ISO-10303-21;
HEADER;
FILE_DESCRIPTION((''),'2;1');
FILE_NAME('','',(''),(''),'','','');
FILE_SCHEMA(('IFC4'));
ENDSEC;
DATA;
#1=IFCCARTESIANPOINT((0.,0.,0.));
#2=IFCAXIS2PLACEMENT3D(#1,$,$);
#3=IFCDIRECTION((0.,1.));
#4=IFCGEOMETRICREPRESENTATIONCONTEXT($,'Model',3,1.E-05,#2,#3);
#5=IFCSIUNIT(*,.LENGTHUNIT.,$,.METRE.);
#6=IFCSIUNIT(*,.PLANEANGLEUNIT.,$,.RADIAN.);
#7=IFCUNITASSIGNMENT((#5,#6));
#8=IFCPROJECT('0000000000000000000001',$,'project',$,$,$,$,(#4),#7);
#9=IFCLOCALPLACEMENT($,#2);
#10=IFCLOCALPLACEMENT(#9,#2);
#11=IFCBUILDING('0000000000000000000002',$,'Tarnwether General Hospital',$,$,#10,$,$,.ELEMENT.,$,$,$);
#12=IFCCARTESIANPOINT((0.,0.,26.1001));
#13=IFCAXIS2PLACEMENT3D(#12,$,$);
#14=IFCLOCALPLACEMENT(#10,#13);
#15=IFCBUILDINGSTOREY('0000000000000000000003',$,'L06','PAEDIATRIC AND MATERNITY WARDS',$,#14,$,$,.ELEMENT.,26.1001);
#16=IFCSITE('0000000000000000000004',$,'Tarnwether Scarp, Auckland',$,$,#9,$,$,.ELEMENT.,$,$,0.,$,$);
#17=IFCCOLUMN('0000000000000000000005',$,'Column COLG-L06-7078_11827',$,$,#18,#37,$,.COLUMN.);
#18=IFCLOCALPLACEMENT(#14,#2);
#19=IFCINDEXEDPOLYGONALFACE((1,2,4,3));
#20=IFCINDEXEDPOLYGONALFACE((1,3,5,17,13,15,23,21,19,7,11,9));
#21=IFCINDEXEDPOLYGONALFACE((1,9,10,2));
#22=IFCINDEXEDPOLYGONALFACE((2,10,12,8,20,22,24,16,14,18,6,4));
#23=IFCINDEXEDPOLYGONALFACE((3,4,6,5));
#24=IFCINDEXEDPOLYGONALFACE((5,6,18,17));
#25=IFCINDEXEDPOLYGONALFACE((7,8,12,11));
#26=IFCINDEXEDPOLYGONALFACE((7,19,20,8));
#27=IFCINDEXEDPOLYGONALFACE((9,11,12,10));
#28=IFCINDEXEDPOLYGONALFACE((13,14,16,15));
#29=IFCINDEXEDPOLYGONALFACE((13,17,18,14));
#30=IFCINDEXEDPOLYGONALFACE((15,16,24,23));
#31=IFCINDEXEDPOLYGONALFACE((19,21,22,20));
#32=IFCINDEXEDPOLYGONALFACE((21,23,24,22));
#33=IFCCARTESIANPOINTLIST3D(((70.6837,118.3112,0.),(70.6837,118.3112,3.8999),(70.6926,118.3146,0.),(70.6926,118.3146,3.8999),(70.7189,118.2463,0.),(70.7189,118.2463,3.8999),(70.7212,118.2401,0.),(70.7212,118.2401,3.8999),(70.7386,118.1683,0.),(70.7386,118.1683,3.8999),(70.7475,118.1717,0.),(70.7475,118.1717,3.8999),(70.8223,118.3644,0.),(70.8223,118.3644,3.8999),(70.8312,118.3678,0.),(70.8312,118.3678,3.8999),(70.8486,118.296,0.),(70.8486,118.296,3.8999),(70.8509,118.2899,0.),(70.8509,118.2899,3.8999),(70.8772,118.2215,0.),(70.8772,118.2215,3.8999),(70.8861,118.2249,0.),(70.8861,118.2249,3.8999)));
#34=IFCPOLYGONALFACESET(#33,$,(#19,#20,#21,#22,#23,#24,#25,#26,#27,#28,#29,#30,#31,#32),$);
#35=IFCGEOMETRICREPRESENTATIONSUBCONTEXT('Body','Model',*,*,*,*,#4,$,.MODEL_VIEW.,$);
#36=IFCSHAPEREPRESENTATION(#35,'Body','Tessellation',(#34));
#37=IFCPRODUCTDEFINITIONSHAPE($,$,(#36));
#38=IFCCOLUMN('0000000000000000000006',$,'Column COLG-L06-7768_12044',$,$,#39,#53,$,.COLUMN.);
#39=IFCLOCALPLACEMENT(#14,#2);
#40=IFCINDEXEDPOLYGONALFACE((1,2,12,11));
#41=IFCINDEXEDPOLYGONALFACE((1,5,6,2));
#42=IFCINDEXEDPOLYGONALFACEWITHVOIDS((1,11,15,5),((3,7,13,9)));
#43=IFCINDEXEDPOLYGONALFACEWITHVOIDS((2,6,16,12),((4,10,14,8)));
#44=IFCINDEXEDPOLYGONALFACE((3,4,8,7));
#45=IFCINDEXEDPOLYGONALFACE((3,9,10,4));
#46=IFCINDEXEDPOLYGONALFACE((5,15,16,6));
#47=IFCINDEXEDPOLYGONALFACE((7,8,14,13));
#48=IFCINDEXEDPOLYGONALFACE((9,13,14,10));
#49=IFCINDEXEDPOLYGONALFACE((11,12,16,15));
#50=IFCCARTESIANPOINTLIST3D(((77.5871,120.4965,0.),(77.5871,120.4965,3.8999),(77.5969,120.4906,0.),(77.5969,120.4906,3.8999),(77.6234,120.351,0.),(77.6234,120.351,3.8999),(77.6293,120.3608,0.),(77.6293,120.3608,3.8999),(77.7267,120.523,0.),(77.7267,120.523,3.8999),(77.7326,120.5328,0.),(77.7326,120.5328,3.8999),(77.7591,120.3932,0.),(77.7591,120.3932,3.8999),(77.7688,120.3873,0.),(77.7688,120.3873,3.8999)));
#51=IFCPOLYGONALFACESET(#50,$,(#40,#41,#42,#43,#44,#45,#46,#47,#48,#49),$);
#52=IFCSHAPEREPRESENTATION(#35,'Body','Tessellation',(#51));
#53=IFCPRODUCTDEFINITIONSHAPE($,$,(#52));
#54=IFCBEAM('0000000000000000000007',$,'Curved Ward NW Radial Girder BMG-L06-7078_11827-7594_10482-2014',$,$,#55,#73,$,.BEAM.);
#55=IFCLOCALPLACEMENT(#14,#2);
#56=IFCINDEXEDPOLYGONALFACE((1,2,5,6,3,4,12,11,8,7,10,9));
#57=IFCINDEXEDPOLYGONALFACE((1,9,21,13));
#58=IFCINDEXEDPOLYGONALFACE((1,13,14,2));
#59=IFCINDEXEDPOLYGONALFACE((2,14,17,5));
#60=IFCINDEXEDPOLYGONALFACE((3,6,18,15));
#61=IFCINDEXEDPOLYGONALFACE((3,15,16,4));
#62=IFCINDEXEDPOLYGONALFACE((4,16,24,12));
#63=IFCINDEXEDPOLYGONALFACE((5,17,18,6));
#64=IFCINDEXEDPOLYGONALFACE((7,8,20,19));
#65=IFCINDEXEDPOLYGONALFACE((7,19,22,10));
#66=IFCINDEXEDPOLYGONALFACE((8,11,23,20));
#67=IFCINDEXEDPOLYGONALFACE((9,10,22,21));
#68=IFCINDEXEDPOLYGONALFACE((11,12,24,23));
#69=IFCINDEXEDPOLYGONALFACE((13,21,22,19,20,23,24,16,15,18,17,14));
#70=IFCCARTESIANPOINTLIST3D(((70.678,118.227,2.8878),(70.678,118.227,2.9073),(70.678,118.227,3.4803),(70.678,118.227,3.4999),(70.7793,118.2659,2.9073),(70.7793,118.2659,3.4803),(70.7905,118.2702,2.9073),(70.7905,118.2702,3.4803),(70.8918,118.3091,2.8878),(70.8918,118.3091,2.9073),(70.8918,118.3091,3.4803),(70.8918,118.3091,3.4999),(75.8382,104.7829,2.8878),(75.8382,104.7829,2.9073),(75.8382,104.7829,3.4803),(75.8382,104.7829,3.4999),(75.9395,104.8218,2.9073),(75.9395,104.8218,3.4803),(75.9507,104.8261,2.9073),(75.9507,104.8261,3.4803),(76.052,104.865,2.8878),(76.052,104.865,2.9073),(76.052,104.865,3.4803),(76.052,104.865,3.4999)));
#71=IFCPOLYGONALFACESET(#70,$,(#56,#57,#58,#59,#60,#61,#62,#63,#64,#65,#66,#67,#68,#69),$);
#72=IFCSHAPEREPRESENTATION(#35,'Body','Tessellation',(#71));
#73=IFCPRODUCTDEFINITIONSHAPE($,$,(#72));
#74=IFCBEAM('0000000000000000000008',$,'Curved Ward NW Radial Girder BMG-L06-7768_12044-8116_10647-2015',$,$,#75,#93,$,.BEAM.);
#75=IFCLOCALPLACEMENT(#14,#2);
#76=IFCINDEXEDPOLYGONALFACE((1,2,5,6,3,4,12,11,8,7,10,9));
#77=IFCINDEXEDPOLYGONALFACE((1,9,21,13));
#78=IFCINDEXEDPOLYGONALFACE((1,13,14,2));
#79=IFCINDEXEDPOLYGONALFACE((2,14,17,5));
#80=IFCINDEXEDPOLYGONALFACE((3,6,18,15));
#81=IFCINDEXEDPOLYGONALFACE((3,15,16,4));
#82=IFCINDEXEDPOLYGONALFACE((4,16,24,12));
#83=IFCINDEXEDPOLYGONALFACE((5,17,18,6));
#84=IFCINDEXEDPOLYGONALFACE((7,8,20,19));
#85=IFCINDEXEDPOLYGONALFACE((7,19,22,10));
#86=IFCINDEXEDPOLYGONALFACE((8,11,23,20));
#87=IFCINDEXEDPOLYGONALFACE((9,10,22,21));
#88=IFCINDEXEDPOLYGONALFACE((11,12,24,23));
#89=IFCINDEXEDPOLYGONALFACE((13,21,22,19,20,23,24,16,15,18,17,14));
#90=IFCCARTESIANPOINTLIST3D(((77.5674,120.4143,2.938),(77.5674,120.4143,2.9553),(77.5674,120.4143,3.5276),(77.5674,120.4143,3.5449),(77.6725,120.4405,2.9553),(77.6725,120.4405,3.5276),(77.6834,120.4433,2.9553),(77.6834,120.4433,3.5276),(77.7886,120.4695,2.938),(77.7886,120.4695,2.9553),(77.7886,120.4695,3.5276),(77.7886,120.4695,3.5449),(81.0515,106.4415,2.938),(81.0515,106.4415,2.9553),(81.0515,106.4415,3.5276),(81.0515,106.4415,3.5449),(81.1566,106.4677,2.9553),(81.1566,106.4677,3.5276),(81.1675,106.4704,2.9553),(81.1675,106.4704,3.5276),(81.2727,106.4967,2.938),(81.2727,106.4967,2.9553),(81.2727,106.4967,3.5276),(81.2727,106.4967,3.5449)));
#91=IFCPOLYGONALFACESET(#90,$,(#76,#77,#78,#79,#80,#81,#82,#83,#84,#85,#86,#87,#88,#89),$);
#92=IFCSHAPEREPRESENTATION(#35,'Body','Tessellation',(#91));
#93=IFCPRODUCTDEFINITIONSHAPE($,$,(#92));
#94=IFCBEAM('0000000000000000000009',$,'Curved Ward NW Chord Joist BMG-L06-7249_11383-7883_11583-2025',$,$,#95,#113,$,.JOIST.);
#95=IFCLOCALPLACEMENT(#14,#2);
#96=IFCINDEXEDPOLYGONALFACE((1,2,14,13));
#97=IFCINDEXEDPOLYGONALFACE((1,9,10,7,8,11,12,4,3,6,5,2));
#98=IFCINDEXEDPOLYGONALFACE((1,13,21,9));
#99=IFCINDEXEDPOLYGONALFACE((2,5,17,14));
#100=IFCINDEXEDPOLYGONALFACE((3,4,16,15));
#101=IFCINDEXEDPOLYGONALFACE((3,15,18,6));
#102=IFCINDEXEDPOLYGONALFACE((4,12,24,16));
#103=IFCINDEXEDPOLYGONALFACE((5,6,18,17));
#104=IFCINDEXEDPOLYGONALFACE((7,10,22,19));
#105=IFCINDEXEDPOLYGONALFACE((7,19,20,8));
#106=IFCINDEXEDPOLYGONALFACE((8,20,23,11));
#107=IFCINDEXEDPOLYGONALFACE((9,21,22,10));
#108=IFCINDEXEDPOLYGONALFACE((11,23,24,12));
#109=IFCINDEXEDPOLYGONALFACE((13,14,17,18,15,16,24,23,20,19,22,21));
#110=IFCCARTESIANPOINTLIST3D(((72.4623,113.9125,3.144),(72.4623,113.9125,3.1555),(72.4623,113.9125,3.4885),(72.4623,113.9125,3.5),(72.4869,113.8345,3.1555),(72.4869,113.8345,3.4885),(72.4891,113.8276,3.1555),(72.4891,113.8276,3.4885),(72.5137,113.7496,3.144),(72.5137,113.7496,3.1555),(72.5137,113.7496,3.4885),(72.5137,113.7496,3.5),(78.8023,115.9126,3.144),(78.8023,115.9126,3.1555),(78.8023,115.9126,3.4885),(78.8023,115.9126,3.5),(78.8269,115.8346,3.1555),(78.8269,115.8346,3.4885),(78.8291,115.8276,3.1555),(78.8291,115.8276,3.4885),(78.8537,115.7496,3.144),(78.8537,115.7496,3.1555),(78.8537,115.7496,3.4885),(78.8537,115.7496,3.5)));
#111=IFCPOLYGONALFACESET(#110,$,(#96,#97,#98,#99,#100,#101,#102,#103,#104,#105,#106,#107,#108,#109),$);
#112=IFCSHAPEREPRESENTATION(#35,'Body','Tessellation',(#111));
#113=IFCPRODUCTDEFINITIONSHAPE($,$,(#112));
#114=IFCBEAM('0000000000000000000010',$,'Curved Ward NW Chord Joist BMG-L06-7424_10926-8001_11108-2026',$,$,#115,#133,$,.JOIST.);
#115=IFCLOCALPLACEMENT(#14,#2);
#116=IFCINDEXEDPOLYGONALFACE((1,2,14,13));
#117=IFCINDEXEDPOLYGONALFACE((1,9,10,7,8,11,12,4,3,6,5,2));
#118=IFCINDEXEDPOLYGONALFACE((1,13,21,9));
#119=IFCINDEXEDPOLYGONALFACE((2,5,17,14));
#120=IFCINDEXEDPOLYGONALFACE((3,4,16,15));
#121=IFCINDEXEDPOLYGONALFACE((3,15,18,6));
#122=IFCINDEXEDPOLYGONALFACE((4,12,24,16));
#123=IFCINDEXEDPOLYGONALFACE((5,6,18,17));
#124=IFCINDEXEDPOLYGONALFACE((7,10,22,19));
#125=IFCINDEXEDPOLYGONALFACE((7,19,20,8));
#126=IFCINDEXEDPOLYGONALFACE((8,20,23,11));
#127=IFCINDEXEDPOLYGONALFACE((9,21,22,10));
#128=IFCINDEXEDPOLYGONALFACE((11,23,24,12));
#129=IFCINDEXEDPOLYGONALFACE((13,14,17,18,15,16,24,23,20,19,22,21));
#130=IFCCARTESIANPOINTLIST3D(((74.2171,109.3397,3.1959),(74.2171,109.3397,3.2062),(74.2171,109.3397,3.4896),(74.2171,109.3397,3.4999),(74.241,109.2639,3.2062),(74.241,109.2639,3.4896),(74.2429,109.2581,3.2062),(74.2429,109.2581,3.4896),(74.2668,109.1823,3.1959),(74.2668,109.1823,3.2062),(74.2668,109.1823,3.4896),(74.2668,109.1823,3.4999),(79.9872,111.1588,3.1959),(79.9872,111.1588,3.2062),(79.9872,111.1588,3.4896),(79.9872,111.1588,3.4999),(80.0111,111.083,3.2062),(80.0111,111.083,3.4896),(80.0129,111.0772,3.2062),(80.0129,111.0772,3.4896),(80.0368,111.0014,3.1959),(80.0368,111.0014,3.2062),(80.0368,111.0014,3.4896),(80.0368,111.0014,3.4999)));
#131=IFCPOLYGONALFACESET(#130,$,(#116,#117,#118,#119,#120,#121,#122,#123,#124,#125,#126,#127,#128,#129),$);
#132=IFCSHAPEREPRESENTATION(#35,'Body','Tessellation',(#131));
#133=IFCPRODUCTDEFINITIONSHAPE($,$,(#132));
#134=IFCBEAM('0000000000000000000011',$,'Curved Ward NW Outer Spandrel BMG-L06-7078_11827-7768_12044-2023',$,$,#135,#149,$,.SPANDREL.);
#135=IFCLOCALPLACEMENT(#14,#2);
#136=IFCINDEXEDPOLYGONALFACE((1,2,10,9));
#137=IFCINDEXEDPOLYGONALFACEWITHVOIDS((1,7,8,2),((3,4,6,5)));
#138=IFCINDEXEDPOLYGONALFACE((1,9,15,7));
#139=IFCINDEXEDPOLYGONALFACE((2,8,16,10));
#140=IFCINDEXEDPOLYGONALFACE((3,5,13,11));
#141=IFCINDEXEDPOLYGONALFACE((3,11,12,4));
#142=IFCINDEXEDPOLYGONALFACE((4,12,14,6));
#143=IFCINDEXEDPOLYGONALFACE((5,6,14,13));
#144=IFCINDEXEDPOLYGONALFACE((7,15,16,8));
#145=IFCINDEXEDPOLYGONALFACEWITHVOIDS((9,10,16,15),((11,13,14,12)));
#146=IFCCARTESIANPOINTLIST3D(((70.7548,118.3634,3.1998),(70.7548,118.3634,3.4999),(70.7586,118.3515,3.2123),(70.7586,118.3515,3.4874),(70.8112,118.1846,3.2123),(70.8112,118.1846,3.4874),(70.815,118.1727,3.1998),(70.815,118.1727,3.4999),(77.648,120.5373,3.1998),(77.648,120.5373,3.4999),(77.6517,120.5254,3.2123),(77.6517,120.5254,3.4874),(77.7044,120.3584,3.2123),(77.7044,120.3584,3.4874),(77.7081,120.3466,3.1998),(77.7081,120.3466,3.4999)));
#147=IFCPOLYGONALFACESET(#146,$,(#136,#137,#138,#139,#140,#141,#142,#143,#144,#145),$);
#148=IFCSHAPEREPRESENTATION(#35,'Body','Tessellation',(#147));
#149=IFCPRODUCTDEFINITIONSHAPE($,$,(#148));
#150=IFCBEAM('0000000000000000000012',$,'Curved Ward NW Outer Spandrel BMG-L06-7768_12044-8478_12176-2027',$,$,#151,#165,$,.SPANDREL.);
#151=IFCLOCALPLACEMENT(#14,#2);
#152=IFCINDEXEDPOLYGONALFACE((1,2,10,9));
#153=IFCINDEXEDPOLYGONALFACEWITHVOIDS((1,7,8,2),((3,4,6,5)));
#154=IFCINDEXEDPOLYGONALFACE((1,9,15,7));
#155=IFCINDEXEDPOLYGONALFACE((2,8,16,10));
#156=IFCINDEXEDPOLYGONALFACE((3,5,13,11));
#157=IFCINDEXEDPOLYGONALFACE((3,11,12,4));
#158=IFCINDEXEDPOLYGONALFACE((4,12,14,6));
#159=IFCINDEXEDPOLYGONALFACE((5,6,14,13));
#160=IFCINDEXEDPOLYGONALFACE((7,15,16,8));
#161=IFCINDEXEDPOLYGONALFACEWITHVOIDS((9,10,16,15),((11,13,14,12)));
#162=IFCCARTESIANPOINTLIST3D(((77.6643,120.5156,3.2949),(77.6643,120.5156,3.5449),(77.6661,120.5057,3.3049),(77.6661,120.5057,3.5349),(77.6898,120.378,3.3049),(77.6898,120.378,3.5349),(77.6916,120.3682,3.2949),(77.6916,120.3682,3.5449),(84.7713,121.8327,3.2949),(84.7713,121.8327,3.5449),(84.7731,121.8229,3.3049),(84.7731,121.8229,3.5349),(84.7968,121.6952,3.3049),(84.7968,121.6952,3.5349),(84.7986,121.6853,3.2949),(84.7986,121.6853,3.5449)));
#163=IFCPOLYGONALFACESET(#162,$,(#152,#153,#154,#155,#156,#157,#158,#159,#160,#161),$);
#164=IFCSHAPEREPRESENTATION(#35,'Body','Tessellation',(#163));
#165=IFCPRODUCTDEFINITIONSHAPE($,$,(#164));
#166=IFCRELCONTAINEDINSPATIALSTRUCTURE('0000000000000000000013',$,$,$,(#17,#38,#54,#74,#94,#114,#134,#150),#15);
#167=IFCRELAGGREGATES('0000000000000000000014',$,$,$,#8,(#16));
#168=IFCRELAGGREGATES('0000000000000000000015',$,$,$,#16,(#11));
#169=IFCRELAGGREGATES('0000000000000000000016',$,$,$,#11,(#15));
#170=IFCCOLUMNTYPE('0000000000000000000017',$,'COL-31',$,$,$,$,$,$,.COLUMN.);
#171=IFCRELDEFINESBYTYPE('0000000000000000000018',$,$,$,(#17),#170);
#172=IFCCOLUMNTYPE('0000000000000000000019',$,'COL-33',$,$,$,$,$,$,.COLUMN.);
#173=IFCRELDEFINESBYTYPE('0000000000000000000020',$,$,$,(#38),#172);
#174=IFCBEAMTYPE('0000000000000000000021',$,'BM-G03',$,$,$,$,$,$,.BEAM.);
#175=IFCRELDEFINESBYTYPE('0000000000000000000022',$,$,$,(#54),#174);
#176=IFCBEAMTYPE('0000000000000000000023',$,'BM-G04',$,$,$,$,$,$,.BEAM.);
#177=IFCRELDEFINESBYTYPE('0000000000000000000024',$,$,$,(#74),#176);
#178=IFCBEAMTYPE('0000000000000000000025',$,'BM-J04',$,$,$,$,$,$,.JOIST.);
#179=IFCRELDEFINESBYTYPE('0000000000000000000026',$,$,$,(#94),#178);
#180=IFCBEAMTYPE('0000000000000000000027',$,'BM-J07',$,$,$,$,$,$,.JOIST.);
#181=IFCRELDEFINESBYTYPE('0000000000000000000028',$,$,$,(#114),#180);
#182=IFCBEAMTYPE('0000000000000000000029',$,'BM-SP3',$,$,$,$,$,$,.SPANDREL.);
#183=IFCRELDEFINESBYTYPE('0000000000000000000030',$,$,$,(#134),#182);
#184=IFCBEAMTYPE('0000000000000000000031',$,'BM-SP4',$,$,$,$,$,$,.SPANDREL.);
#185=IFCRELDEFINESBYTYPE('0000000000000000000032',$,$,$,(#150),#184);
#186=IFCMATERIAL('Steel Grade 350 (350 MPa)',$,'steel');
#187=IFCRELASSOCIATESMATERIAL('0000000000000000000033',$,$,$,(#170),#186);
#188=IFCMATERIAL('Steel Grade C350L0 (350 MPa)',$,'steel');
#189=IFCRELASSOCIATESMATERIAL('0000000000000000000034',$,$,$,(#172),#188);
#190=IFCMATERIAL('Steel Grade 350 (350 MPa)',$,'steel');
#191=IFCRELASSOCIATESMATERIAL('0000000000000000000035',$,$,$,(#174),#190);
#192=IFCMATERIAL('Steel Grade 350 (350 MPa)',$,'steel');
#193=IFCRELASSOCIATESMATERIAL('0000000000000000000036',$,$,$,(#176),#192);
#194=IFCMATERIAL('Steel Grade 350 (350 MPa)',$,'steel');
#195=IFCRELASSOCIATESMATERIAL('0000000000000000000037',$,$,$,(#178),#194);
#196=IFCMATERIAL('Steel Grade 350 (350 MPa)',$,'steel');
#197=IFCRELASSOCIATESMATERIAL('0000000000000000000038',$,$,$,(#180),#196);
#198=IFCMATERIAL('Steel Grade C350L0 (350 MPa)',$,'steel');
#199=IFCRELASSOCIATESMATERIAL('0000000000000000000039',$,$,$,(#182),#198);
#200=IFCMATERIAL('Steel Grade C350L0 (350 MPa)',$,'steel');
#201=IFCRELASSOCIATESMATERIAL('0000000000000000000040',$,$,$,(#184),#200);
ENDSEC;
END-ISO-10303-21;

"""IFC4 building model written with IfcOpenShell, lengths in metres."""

from ifc_helpers import new_model, si_unit, direction, frame, origin, origin_2d, place, context, subcontext, project, spatial, hollow_rectangle, i_section, extrude, material, material_profile, profile_set, type_object, element, save


model = new_model("IFC4")

# Units and contexts
model_context = context("Model", 3, precision=1e-05, world=origin(), true_north=direction((0.0, 1.0)))
body_context = subcontext(model_context, "Body", "Model", "MODEL_VIEW")
ifc_project = project(units=[si_unit("LENGTHUNIT", "METRE"), si_unit("PLANEANGLEUNIT", "RADIAN")], contexts=[model_context])

# Site, building, storey
site_placement = place(None, origin())
site = spatial("IfcSite", under=ifc_project, at=site_placement, Name="Tarnwether Scarp, Auckland", CompositionType="ELEMENT", RefElevation=0.0)
building_placement = place(site_placement, origin())
building = spatial("IfcBuilding", under=site, at=building_placement, Name="Tarnwether General Hospital", CompositionType="ELEMENT")
storey_placement = place(building_placement, frame((0.0, 0.0, 26.1001)))
storey = spatial("IfcBuildingStorey", under=building, at=storey_placement, Name="L06", Description="PAEDIATRIC AND MATERNITY WARDS", CompositionType="ELEMENT", Elevation=26.1001)

# Columns
ifc_material_1 = material(Name="Steel Grade 350 (350 MPa)", Category="steel")
ifc_material_profile_1 = material_profile(ifc_material_1, i_section(OverallWidth=0.1531, OverallDepth=0.158, WebThickness=0.0066, FlangeThickness=0.0095, at=origin_2d()), Name="150UC30.0")
ifc_profile_set_1 = profile_set([ifc_material_profile_1], Name="Steel Grade 350 (350 MPa)")
column_type_1 = type_object("IfcColumnType", Name="COL-31", PredefinedType="COLUMN", material=ifc_profile_set_1)
column_1_placement = place(storey_placement, frame((70.7849, 118.2681, 0.0), z_axis=(0.0, 0.0, 1.0), x_axis=(-0.358368, 0.93358, 0.0)))
element("IfcColumn", 1, at=column_1_placement, inside=storey, type_object=column_type_1, Name="Column COLG-L06-7078_11827", PredefinedType="COLUMN", context=body_context, shape_type="SweptSolid", body=[
    extrude(i_section(OverallWidth=0.1531, OverallDepth=0.158, WebThickness=0.0066, FlangeThickness=0.0095, at=origin_2d()), origin(), (0.0, 0.0, 1.0), 3.8999),
])
ifc_material_2 = material(Name="Steel Grade C350L0 (350 MPa)", Category="steel")
ifc_material_profile_2 = material_profile(ifc_material_2, hollow_rectangle(XDim=0.1499, YDim=0.1499, WallThickness=0.0081, at=origin_2d()), Name="SHS150x150x8")
ifc_profile_set_2 = profile_set([ifc_material_profile_2], Name="Steel Grade C350L0 (350 MPa)")
column_type_2 = type_object("IfcColumnType", Name="COL-33", PredefinedType="COLUMN", material=ifc_profile_set_2)
column_2_placement = place(storey_placement, frame((77.678, 120.4419, 0.0), z_axis=(0.0, 0.0, 1.0), x_axis=(-0.241922, 0.970296, 0.0)))
element("IfcColumn", 2, at=column_2_placement, inside=storey, type_object=column_type_2, Name="Column COLG-L06-7768_12044", PredefinedType="COLUMN", context=body_context, shape_type="SweptSolid", body=[
    extrude(hollow_rectangle(XDim=0.1499, YDim=0.1499, WallThickness=0.0081, at=origin_2d()), origin(), (0.0, 0.0, 1.0), 3.8999),
])

# Beams
ifc_material_3 = material(Name="Steel Grade 350 (350 MPa)", Category="steel")
ifc_material_profile_3 = material_profile(ifc_material_3, i_section(OverallWidth=0.229, OverallDepth=0.6121, WebThickness=0.012, FlangeThickness=0.0195, at=origin_2d()), Name="610UB125")
ifc_profile_set_3 = profile_set([ifc_material_profile_3], Name="Steel Grade 350 (350 MPa)")
beam_type_1 = type_object("IfcBeamType", Name="BM-G03", PredefinedType="BEAM", material=ifc_profile_set_3)
beam_1_placement = place(storey_placement, frame((70.7849, 118.2681, 3.1938), z_axis=(0.358335, -0.933593, 0.0), x_axis=(0.933593, 0.358335, 0.0)))
element("IfcBeam", 3, at=beam_1_placement, inside=storey, type_object=beam_type_1, Name="Curved Ward NW Radial Girder BMG-L06-7078_11827-7594_10482-2014", PredefinedType="BEAM", context=body_context, shape_type="SweptSolid", body=[
    extrude(i_section(OverallWidth=0.229, OverallDepth=0.6121, WebThickness=0.012, FlangeThickness=0.0195, at=origin_2d()), origin(), (0.0, 0.0, 1.0), 14.4004),
])
ifc_material_4 = material(Name="Steel Grade 350 (350 MPa)", Category="steel")
ifc_material_profile_4 = material_profile(ifc_material_4, i_section(OverallWidth=0.228, OverallDepth=0.6069, WebThickness=0.0112, FlangeThickness=0.0173, at=origin_2d()), Name="610UB113")
ifc_profile_set_4 = profile_set([ifc_material_profile_4], Name="Steel Grade 350 (350 MPa)")
beam_type_2 = type_object("IfcBeamType", Name="BM-G04", PredefinedType="BEAM", material=ifc_profile_set_4)
beam_2_placement = place(storey_placement, frame((77.678, 120.4419, 3.2415), z_axis=(0.241941, -0.970291, 0.0), x_axis=(0.970291, 0.241941, 0.0)))
element("IfcBeam", 4, at=beam_2_placement, inside=storey, type_object=beam_type_2, Name="Curved Ward NW Radial Girder BMG-L06-7768_12044-8116_10647-2015", PredefinedType="BEAM", context=body_context, shape_type="SweptSolid", body=[
    extrude(i_section(OverallWidth=0.228, OverallDepth=0.6069, WebThickness=0.0112, FlangeThickness=0.0173, at=origin_2d()), origin(), (0.0, 0.0, 1.0), 14.4006),
])
ifc_material_5 = material(Name="Steel Grade 350 (350 MPa)", Category="steel")
ifc_material_profile_5 = material_profile(ifc_material_5, i_section(OverallWidth=0.1709, OverallDepth=0.356, WebThickness=0.0073, FlangeThickness=0.0115, at=origin_2d()), Name="360UB50.7")
ifc_profile_set_5 = profile_set([ifc_material_profile_5], Name="Steel Grade 350 (350 MPa)")
beam_type_3 = type_object("IfcBeamType", Name="BM-J04", PredefinedType="JOIST", material=ifc_profile_set_5)
beam_3_placement = place(storey_placement, frame((72.488, 113.8311, 3.322), z_axis=(0.953671, 0.30085, 0.0), x_axis=(-0.30085, 0.953671, 0.0)))
element("IfcBeam", 5, at=beam_3_placement, inside=storey, type_object=beam_type_3, Name="Curved Ward NW Chord Joist BMG-L06-7249_11383-7883_11583-2025", PredefinedType="JOIST", context=body_context, shape_type="SweptSolid", body=[
    extrude(i_section(OverallWidth=0.1709, OverallDepth=0.356, WebThickness=0.0073, FlangeThickness=0.0115, at=origin_2d()), origin(), (0.0, 0.0, 1.0), 6.6479),
])
ifc_material_6 = material(Name="Steel Grade 350 (350 MPa)", Category="steel")
ifc_material_profile_6 = material_profile(ifc_material_6, i_section(OverallWidth=0.165, OverallDepth=0.304, WebThickness=0.0061, FlangeThickness=0.0103, at=origin_2d()), Name="310UB40.4")
ifc_profile_set_6 = profile_set([ifc_material_profile_6], Name="Steel Grade 350 (350 MPa)")
beam_type_4 = type_object("IfcBeamType", Name="BM-J07", PredefinedType="JOIST", material=ifc_profile_set_6)
beam_4_placement = place(storey_placement, frame((74.2419, 109.261, 3.3479), z_axis=(0.953726, 0.300677, 0.0), x_axis=(-0.300677, 0.953726, 0.0)))
element("IfcBeam", 6, at=beam_4_placement, inside=storey, type_object=beam_type_4, Name="Curved Ward NW Chord Joist BMG-L06-7424_10926-8001_11108-2026", PredefinedType="JOIST", context=body_context, shape_type="SweptSolid", body=[
    extrude(i_section(OverallWidth=0.165, OverallDepth=0.304, WebThickness=0.0061, FlangeThickness=0.0103, at=origin_2d()), origin(), (0.0, 0.0, 1.0), 6.05),
])
ifc_material_7 = material(Name="Steel Grade C350L0 (350 MPa)", Category="steel")
ifc_material_profile_7 = material_profile(ifc_material_7, hollow_rectangle(XDim=0.2, YDim=0.3, WallThickness=0.0125, at=origin_2d()), Name="RHS300x200x12.5")
ifc_profile_set_7 = profile_set([ifc_material_profile_7], Name="Steel Grade C350L0 (350 MPa)")
beam_type_5 = type_object("IfcBeamType", Name="BM-SP3", PredefinedType="SPANDREL", material=ifc_profile_set_7)
beam_5_placement = place(storey_placement, frame((70.7849, 118.2681, 3.3499), z_axis=(0.953699, 0.300763, 0.0), x_axis=(-0.300763, 0.953699, 0.0)))
element("IfcBeam", 7, at=beam_5_placement, inside=storey, type_object=beam_type_5, Name="Curved Ward NW Outer Spandrel BMG-L06-7078_11827-7768_12044-2023", PredefinedType="SPANDREL", context=body_context, shape_type="SweptSolid", body=[
    extrude(hollow_rectangle(XDim=0.2, YDim=0.3, WallThickness=0.0125, at=origin_2d()), origin(), (0.0, 0.0, 1.0), 7.2278),
])
ifc_material_8 = material(Name="Steel Grade C350L0 (350 MPa)", Category="steel")
ifc_material_profile_8 = material_profile(ifc_material_8, hollow_rectangle(XDim=0.1499, YDim=0.25, WallThickness=0.01, at=origin_2d()), Name="RHS250x150x10")
ifc_profile_set_8 = profile_set([ifc_material_profile_8], Name="Steel Grade C350L0 (350 MPa)")
beam_type_6 = type_object("IfcBeamType", Name="BM-SP4", PredefinedType="SPANDREL", material=ifc_profile_set_8)
beam_6_placement = place(storey_placement, frame((77.678, 120.4419, 3.4199), z_axis=(0.983256, 0.182228, 0.0), x_axis=(-0.182228, 0.983256, 0.0)))
element("IfcBeam", 8, at=beam_6_placement, inside=storey, type_object=beam_type_6, Name="Curved Ward NW Outer Spandrel BMG-L06-7768_12044-8478_12176-2027", PredefinedType="SPANDREL", context=body_context, shape_type="SweptSolid", body=[
    extrude(hollow_rectangle(XDim=0.1499, YDim=0.25, WallThickness=0.01, at=origin_2d()), origin(), (0.0, 0.0, 1.0), 7.228),
])

save(model, "model.ifc")
